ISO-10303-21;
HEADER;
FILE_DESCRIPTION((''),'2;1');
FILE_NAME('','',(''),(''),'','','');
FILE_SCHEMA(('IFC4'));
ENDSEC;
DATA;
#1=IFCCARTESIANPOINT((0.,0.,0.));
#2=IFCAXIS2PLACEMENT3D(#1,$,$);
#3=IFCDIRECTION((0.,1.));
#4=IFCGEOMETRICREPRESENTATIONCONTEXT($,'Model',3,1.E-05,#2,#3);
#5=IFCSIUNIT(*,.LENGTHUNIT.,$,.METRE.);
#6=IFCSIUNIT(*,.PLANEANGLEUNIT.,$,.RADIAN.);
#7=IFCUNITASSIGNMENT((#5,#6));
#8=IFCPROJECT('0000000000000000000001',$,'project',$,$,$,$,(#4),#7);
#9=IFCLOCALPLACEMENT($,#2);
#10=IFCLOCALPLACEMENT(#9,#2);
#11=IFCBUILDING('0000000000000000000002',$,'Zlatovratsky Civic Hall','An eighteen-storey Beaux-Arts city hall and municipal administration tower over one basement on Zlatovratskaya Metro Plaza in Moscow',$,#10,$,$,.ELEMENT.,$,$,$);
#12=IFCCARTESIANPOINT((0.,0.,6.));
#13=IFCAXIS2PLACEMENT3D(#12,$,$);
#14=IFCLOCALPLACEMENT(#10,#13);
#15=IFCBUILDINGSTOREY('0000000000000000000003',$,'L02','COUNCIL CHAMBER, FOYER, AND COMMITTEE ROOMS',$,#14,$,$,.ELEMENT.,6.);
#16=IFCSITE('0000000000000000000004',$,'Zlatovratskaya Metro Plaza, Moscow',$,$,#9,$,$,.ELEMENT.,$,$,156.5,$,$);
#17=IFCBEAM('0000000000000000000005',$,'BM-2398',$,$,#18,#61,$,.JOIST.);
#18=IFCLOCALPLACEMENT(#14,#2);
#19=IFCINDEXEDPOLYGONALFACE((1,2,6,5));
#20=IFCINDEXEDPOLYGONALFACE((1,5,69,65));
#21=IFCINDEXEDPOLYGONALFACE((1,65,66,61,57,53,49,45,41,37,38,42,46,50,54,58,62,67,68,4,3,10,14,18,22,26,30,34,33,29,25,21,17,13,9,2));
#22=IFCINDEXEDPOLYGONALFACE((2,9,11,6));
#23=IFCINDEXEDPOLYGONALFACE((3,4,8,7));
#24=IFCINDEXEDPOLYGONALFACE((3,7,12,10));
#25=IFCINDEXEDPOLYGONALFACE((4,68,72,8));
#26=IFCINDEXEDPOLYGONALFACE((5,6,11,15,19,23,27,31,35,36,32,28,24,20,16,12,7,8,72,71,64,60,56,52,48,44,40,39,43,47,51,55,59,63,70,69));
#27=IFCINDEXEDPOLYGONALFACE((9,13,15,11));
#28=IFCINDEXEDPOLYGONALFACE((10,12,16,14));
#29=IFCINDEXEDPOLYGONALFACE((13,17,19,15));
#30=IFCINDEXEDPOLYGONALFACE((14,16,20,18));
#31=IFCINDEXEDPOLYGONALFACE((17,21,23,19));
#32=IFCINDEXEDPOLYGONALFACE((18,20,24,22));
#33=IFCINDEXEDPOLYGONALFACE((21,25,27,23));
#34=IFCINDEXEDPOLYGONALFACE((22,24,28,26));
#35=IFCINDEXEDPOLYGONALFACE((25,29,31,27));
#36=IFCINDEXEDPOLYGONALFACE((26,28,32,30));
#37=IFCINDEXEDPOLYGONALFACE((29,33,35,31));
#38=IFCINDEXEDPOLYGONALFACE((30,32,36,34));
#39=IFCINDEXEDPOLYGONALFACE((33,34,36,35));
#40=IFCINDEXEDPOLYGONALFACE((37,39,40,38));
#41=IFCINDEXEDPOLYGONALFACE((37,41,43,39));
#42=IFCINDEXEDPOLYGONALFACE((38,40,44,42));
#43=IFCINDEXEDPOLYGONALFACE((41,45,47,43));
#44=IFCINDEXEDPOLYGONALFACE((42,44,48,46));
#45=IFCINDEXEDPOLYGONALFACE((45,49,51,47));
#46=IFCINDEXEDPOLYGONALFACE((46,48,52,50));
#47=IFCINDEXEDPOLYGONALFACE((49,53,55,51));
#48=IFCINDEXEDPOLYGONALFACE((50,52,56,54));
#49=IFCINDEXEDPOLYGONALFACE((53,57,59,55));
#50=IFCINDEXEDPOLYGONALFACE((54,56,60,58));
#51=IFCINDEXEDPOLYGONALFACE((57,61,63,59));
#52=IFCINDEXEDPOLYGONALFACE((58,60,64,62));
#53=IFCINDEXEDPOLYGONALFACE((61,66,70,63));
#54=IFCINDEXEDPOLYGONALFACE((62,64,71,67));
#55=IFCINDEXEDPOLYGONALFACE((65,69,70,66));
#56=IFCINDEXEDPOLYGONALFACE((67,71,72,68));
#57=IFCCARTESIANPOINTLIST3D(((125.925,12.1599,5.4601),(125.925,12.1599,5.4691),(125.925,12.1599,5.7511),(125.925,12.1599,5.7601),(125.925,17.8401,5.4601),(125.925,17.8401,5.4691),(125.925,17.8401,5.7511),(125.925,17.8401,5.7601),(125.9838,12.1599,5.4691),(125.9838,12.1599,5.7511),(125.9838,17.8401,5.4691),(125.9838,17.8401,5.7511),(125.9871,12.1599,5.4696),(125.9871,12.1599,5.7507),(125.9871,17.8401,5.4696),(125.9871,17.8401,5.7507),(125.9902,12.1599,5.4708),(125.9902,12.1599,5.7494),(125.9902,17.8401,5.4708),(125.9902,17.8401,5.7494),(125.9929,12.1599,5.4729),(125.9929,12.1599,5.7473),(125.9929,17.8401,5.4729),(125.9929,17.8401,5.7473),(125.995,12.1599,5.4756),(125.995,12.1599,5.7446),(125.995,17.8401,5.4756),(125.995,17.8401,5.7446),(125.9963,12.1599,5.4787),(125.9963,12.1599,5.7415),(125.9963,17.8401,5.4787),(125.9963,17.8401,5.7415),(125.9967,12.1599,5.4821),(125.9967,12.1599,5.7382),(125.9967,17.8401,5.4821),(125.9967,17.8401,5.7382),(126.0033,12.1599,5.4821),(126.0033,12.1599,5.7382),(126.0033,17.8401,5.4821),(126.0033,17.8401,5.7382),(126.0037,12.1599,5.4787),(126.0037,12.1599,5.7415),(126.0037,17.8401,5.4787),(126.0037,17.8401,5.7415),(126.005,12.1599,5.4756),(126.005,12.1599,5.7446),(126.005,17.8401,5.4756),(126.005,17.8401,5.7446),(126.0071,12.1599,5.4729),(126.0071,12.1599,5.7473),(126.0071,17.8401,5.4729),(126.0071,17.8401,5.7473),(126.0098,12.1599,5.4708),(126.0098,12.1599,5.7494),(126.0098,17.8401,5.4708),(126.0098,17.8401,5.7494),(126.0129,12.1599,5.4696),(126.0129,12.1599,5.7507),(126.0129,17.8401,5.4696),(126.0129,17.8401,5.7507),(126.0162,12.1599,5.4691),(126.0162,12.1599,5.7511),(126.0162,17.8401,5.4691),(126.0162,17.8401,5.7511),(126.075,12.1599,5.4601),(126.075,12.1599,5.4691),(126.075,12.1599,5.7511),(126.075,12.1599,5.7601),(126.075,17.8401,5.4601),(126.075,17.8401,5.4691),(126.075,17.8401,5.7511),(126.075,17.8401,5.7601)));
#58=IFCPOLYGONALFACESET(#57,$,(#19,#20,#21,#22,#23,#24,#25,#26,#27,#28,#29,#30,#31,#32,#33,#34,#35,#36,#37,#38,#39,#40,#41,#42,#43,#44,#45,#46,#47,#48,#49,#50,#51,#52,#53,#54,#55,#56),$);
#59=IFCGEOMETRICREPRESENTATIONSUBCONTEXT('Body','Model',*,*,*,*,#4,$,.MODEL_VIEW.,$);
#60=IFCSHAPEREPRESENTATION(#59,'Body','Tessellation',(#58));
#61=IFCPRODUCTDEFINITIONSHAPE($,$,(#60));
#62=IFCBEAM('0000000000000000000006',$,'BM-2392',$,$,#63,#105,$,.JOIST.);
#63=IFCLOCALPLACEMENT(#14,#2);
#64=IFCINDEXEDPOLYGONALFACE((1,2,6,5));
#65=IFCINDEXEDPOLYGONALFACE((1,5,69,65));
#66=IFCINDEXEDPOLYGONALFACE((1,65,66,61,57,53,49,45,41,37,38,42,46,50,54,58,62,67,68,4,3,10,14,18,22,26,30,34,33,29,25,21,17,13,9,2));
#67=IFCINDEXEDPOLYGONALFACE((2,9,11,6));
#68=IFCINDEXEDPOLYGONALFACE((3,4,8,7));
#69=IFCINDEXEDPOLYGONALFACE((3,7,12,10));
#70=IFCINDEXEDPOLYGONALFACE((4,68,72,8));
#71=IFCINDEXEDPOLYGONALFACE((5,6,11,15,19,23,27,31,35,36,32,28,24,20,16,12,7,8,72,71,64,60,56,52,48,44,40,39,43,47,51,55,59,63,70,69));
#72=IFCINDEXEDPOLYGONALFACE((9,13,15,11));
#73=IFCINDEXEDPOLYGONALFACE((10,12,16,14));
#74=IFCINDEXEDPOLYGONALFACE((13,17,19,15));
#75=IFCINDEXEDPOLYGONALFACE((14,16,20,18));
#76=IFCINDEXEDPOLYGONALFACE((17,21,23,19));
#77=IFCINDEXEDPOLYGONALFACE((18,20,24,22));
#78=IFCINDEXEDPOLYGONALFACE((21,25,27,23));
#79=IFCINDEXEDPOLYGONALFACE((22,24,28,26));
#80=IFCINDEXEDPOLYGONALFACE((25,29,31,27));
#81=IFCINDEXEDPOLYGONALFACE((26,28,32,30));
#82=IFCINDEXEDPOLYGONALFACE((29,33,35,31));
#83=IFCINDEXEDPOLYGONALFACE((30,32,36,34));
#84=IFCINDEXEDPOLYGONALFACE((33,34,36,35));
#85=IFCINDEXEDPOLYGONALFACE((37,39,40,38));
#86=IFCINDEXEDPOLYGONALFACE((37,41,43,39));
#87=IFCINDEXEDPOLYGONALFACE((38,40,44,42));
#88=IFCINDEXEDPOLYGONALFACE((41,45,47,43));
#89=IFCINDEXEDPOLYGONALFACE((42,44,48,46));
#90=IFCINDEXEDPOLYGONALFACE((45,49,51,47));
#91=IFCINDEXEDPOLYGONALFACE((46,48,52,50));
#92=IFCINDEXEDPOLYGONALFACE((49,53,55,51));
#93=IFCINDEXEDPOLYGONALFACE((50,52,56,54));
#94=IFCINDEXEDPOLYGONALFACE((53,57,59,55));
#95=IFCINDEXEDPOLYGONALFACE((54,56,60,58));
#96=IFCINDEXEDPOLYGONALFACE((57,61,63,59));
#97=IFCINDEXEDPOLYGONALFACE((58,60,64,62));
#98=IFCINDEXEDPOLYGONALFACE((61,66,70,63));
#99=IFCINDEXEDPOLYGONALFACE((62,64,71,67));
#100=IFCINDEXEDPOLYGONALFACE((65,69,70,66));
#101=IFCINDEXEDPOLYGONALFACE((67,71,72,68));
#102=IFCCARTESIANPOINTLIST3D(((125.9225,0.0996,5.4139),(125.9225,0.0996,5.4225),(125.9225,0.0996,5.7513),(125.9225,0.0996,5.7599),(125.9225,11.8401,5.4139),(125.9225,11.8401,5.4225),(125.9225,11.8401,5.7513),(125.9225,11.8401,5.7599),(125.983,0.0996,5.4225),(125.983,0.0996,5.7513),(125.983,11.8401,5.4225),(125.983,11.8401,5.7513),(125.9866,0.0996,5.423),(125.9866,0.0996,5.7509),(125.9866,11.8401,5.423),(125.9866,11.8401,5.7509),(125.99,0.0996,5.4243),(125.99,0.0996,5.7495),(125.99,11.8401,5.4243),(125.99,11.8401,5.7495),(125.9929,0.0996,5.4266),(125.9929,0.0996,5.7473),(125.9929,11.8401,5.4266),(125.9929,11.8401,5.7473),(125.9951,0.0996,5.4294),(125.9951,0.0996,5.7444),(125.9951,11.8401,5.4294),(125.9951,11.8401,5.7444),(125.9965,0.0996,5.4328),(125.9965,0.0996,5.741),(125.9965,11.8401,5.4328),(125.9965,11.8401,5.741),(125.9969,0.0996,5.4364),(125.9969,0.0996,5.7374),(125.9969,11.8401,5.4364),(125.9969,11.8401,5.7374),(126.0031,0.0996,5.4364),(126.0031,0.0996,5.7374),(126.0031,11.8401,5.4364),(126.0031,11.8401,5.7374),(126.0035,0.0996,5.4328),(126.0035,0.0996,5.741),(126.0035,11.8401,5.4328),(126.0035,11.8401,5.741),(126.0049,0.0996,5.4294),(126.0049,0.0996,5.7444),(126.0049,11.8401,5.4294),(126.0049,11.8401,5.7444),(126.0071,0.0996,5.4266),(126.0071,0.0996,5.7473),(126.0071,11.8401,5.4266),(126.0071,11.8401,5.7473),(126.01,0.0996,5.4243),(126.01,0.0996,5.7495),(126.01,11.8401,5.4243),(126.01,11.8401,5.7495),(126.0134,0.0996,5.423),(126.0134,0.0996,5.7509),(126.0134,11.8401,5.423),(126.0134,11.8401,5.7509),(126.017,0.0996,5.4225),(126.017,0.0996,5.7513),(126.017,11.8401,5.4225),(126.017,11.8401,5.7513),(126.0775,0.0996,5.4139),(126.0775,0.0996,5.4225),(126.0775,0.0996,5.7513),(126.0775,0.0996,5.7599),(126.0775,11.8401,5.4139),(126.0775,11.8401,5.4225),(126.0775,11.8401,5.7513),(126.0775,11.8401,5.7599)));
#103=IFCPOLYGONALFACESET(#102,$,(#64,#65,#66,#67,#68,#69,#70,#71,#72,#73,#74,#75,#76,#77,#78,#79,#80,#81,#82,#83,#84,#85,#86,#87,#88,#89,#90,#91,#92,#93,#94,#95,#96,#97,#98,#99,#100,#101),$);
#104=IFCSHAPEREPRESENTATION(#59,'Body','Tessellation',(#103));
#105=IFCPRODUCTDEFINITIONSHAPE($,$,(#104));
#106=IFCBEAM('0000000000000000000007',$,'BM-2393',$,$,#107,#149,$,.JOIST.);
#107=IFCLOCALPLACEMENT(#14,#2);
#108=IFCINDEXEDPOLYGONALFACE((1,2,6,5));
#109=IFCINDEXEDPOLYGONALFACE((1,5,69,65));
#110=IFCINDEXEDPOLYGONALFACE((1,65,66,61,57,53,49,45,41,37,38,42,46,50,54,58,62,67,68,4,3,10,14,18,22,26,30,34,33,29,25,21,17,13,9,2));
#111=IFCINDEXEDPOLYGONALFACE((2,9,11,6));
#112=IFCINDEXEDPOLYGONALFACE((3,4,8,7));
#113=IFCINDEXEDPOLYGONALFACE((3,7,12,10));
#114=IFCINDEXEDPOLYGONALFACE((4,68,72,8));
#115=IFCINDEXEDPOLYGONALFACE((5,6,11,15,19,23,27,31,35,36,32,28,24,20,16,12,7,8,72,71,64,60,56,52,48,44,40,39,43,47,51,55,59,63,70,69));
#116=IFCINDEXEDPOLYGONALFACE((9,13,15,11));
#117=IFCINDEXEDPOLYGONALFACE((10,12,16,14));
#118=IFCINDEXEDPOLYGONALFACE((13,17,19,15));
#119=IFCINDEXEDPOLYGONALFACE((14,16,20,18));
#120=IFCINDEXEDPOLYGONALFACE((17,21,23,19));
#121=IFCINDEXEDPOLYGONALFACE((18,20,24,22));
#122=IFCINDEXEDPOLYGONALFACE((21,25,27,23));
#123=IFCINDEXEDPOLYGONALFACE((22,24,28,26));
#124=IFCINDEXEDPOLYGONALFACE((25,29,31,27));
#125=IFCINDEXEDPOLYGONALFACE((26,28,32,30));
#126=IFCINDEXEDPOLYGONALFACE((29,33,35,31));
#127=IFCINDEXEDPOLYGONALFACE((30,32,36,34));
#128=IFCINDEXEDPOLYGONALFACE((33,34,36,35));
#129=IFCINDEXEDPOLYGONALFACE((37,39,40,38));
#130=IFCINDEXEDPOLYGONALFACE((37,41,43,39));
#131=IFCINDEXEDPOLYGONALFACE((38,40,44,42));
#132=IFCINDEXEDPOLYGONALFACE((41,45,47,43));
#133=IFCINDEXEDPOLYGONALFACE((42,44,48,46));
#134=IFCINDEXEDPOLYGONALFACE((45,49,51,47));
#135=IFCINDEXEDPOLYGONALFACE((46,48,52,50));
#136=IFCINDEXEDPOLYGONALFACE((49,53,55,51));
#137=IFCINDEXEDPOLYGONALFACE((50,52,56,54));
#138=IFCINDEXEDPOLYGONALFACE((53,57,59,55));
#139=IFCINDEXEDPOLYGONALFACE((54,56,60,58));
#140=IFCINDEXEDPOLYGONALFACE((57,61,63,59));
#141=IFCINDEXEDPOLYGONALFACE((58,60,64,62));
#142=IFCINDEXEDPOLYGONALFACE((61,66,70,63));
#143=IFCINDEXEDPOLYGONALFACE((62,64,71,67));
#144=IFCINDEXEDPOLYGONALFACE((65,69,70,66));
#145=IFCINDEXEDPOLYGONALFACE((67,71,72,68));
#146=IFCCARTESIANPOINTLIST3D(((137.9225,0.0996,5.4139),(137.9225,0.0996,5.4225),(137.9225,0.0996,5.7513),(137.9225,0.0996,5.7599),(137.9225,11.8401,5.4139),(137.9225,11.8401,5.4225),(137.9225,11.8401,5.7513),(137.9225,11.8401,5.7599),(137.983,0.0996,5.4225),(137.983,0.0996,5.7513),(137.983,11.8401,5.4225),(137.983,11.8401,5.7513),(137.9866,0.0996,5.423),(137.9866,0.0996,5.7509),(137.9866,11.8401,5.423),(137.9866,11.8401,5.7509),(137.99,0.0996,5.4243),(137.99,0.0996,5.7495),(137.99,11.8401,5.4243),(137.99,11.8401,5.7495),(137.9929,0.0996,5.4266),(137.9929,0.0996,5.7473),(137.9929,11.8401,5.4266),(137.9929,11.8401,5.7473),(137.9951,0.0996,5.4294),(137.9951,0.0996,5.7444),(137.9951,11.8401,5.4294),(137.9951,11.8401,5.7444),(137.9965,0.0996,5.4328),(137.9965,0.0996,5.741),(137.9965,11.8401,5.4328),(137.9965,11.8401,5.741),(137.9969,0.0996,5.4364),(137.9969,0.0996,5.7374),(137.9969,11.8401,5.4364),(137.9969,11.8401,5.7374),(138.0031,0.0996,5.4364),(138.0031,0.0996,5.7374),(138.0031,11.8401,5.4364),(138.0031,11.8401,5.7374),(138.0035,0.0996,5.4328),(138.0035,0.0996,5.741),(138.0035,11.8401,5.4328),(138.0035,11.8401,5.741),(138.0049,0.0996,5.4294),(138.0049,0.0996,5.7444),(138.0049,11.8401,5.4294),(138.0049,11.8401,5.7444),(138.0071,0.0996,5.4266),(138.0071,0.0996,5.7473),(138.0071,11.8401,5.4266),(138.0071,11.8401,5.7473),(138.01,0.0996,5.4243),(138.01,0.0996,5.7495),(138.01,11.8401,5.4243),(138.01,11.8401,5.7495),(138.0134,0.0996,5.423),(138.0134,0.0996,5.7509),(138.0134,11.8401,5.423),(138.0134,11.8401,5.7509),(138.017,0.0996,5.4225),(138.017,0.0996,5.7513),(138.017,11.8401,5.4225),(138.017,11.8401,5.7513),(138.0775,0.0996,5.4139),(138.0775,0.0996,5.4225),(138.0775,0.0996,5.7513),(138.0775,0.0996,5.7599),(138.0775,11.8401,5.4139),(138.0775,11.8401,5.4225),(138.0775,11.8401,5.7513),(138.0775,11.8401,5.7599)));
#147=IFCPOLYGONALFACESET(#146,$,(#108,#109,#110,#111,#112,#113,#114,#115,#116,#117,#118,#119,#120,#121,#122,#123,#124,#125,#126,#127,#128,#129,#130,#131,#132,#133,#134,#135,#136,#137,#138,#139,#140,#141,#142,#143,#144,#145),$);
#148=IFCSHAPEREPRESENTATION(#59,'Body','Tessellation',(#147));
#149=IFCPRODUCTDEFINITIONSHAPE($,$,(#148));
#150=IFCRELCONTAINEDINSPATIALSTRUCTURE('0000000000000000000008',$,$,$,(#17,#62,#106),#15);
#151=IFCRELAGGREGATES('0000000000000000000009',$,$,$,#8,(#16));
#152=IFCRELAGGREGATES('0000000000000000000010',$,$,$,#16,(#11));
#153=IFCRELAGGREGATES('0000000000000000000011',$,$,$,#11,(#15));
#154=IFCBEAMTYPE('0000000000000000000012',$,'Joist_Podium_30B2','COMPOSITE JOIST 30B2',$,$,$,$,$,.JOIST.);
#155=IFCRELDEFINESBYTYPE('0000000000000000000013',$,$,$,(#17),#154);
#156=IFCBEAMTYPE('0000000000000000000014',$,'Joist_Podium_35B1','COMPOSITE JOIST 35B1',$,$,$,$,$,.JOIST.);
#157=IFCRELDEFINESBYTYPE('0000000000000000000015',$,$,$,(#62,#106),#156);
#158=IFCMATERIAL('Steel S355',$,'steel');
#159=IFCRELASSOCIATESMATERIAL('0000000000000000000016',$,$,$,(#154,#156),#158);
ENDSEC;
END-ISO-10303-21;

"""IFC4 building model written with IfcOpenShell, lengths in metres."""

from ifc_helpers import new_model, si_unit, direction, frame, origin, origin_2d, place, context, subcontext, project, spatial, i_section, extrude, material, material_profile, profile_set, type_object, element, save


model = new_model("IFC4")

# Units and contexts
model_context = context("Model", 3, precision=1e-05, world=origin(), true_north=direction((0.0, 1.0)))
body_context = subcontext(model_context, "Body", "Model", "MODEL_VIEW")
ifc_project = project(units=[si_unit("LENGTHUNIT", "METRE"), si_unit("PLANEANGLEUNIT", "RADIAN")], contexts=[model_context])

# Site, building, storey
site_placement = place(None, origin())
site = spatial("IfcSite", under=ifc_project, at=site_placement, Name="Zlatovratskaya Metro Plaza, Moscow", CompositionType="ELEMENT", RefElevation=156.5)
building_placement = place(site_placement, origin())
building = spatial("IfcBuilding", under=site, at=building_placement, Name="Zlatovratsky Civic Hall", Description="An eighteen-storey Beaux-Arts city hall and municipal administration tower over one basement on Zlatovratskaya Metro Plaza in Moscow", CompositionType="ELEMENT")
storey_placement = place(building_placement, frame((0.0, 0.0, 6.0)))
storey = spatial("IfcBuildingStorey", under=building, at=storey_placement, Name="L02", Description="COUNCIL CHAMBER, FOYER, AND COMMITTEE ROOMS", CompositionType="ELEMENT", Elevation=6.0)

# Shared definitions
ifc_material_1 = material(Name="Steel S355", Category="steel")

# Beams
ifc_material_profile_1 = material_profile(ifc_material_1, i_section(OverallWidth=0.1499, OverallDepth=0.3, WebThickness=0.0066, FlangeThickness=0.009, FilletRadius=0.0129, at=origin_2d()), Name="30B2")
ifc_profile_set_1 = profile_set([ifc_material_profile_1], Name="Steel S355")
beam_type_1 = type_object("IfcBeamType", Name="Joist_Podium_30B2", Description="COMPOSITE JOIST 30B2", PredefinedType="JOIST", material=ifc_profile_set_1)
beam_1_placement = place(storey_placement, frame((126.0, 12.1599, 5.6101), z_axis=(0.0, 1.0, 0.0), x_axis=(-1.0, 0.0, 0.0)))
element("IfcBeam", 1, at=beam_1_placement, inside=storey, type_object=beam_type_1, Name="BM-2398", PredefinedType="JOIST", context=body_context, shape_type="SweptSolid", body=[
    extrude(i_section(OverallWidth=0.1499, OverallDepth=0.3, WebThickness=0.0066, FlangeThickness=0.009, FilletRadius=0.0129, at=origin_2d()), origin(), (0.0, 0.0, 1.0), 5.6802),
])
ifc_material_profile_2 = material_profile(ifc_material_1, i_section(OverallWidth=0.155, OverallDepth=0.3459, WebThickness=0.0061, FlangeThickness=0.0085, FilletRadius=0.0139, at=origin_2d()), Name="35B1")
ifc_profile_set_2 = profile_set([ifc_material_profile_2], Name="Steel S355")
beam_type_2 = type_object("IfcBeamType", Name="Joist_Podium_35B1", Description="COMPOSITE JOIST 35B1", PredefinedType="JOIST", material=ifc_profile_set_2)
for number, where, z_axis, x_axis, name in (
    (2, (126.0, 0.0996, 5.5869), (0.0, 1.0, 0.0), (-1.0, 0.0, 0.0), "BM-2392"),
    (3, (138.0, 0.0996, 5.5869), (0.0, 1.0, 0.0), (-1.0, 0.0, 0.0), "BM-2393"),
):
    element("IfcBeam", number, at=place(storey_placement, frame(where, z_axis=z_axis, x_axis=x_axis)), inside=storey, type_object=beam_type_2, Name=name, PredefinedType="JOIST", context=body_context, shape_type="SweptSolid", body=[
        extrude(i_section(OverallWidth=0.155, OverallDepth=0.3459, WebThickness=0.0061, FlangeThickness=0.0085, FilletRadius=0.0139, at=origin_2d()), origin(), (0.0, 0.0, 1.0), 11.7405),
    ])

save(model, "model.ifc")
